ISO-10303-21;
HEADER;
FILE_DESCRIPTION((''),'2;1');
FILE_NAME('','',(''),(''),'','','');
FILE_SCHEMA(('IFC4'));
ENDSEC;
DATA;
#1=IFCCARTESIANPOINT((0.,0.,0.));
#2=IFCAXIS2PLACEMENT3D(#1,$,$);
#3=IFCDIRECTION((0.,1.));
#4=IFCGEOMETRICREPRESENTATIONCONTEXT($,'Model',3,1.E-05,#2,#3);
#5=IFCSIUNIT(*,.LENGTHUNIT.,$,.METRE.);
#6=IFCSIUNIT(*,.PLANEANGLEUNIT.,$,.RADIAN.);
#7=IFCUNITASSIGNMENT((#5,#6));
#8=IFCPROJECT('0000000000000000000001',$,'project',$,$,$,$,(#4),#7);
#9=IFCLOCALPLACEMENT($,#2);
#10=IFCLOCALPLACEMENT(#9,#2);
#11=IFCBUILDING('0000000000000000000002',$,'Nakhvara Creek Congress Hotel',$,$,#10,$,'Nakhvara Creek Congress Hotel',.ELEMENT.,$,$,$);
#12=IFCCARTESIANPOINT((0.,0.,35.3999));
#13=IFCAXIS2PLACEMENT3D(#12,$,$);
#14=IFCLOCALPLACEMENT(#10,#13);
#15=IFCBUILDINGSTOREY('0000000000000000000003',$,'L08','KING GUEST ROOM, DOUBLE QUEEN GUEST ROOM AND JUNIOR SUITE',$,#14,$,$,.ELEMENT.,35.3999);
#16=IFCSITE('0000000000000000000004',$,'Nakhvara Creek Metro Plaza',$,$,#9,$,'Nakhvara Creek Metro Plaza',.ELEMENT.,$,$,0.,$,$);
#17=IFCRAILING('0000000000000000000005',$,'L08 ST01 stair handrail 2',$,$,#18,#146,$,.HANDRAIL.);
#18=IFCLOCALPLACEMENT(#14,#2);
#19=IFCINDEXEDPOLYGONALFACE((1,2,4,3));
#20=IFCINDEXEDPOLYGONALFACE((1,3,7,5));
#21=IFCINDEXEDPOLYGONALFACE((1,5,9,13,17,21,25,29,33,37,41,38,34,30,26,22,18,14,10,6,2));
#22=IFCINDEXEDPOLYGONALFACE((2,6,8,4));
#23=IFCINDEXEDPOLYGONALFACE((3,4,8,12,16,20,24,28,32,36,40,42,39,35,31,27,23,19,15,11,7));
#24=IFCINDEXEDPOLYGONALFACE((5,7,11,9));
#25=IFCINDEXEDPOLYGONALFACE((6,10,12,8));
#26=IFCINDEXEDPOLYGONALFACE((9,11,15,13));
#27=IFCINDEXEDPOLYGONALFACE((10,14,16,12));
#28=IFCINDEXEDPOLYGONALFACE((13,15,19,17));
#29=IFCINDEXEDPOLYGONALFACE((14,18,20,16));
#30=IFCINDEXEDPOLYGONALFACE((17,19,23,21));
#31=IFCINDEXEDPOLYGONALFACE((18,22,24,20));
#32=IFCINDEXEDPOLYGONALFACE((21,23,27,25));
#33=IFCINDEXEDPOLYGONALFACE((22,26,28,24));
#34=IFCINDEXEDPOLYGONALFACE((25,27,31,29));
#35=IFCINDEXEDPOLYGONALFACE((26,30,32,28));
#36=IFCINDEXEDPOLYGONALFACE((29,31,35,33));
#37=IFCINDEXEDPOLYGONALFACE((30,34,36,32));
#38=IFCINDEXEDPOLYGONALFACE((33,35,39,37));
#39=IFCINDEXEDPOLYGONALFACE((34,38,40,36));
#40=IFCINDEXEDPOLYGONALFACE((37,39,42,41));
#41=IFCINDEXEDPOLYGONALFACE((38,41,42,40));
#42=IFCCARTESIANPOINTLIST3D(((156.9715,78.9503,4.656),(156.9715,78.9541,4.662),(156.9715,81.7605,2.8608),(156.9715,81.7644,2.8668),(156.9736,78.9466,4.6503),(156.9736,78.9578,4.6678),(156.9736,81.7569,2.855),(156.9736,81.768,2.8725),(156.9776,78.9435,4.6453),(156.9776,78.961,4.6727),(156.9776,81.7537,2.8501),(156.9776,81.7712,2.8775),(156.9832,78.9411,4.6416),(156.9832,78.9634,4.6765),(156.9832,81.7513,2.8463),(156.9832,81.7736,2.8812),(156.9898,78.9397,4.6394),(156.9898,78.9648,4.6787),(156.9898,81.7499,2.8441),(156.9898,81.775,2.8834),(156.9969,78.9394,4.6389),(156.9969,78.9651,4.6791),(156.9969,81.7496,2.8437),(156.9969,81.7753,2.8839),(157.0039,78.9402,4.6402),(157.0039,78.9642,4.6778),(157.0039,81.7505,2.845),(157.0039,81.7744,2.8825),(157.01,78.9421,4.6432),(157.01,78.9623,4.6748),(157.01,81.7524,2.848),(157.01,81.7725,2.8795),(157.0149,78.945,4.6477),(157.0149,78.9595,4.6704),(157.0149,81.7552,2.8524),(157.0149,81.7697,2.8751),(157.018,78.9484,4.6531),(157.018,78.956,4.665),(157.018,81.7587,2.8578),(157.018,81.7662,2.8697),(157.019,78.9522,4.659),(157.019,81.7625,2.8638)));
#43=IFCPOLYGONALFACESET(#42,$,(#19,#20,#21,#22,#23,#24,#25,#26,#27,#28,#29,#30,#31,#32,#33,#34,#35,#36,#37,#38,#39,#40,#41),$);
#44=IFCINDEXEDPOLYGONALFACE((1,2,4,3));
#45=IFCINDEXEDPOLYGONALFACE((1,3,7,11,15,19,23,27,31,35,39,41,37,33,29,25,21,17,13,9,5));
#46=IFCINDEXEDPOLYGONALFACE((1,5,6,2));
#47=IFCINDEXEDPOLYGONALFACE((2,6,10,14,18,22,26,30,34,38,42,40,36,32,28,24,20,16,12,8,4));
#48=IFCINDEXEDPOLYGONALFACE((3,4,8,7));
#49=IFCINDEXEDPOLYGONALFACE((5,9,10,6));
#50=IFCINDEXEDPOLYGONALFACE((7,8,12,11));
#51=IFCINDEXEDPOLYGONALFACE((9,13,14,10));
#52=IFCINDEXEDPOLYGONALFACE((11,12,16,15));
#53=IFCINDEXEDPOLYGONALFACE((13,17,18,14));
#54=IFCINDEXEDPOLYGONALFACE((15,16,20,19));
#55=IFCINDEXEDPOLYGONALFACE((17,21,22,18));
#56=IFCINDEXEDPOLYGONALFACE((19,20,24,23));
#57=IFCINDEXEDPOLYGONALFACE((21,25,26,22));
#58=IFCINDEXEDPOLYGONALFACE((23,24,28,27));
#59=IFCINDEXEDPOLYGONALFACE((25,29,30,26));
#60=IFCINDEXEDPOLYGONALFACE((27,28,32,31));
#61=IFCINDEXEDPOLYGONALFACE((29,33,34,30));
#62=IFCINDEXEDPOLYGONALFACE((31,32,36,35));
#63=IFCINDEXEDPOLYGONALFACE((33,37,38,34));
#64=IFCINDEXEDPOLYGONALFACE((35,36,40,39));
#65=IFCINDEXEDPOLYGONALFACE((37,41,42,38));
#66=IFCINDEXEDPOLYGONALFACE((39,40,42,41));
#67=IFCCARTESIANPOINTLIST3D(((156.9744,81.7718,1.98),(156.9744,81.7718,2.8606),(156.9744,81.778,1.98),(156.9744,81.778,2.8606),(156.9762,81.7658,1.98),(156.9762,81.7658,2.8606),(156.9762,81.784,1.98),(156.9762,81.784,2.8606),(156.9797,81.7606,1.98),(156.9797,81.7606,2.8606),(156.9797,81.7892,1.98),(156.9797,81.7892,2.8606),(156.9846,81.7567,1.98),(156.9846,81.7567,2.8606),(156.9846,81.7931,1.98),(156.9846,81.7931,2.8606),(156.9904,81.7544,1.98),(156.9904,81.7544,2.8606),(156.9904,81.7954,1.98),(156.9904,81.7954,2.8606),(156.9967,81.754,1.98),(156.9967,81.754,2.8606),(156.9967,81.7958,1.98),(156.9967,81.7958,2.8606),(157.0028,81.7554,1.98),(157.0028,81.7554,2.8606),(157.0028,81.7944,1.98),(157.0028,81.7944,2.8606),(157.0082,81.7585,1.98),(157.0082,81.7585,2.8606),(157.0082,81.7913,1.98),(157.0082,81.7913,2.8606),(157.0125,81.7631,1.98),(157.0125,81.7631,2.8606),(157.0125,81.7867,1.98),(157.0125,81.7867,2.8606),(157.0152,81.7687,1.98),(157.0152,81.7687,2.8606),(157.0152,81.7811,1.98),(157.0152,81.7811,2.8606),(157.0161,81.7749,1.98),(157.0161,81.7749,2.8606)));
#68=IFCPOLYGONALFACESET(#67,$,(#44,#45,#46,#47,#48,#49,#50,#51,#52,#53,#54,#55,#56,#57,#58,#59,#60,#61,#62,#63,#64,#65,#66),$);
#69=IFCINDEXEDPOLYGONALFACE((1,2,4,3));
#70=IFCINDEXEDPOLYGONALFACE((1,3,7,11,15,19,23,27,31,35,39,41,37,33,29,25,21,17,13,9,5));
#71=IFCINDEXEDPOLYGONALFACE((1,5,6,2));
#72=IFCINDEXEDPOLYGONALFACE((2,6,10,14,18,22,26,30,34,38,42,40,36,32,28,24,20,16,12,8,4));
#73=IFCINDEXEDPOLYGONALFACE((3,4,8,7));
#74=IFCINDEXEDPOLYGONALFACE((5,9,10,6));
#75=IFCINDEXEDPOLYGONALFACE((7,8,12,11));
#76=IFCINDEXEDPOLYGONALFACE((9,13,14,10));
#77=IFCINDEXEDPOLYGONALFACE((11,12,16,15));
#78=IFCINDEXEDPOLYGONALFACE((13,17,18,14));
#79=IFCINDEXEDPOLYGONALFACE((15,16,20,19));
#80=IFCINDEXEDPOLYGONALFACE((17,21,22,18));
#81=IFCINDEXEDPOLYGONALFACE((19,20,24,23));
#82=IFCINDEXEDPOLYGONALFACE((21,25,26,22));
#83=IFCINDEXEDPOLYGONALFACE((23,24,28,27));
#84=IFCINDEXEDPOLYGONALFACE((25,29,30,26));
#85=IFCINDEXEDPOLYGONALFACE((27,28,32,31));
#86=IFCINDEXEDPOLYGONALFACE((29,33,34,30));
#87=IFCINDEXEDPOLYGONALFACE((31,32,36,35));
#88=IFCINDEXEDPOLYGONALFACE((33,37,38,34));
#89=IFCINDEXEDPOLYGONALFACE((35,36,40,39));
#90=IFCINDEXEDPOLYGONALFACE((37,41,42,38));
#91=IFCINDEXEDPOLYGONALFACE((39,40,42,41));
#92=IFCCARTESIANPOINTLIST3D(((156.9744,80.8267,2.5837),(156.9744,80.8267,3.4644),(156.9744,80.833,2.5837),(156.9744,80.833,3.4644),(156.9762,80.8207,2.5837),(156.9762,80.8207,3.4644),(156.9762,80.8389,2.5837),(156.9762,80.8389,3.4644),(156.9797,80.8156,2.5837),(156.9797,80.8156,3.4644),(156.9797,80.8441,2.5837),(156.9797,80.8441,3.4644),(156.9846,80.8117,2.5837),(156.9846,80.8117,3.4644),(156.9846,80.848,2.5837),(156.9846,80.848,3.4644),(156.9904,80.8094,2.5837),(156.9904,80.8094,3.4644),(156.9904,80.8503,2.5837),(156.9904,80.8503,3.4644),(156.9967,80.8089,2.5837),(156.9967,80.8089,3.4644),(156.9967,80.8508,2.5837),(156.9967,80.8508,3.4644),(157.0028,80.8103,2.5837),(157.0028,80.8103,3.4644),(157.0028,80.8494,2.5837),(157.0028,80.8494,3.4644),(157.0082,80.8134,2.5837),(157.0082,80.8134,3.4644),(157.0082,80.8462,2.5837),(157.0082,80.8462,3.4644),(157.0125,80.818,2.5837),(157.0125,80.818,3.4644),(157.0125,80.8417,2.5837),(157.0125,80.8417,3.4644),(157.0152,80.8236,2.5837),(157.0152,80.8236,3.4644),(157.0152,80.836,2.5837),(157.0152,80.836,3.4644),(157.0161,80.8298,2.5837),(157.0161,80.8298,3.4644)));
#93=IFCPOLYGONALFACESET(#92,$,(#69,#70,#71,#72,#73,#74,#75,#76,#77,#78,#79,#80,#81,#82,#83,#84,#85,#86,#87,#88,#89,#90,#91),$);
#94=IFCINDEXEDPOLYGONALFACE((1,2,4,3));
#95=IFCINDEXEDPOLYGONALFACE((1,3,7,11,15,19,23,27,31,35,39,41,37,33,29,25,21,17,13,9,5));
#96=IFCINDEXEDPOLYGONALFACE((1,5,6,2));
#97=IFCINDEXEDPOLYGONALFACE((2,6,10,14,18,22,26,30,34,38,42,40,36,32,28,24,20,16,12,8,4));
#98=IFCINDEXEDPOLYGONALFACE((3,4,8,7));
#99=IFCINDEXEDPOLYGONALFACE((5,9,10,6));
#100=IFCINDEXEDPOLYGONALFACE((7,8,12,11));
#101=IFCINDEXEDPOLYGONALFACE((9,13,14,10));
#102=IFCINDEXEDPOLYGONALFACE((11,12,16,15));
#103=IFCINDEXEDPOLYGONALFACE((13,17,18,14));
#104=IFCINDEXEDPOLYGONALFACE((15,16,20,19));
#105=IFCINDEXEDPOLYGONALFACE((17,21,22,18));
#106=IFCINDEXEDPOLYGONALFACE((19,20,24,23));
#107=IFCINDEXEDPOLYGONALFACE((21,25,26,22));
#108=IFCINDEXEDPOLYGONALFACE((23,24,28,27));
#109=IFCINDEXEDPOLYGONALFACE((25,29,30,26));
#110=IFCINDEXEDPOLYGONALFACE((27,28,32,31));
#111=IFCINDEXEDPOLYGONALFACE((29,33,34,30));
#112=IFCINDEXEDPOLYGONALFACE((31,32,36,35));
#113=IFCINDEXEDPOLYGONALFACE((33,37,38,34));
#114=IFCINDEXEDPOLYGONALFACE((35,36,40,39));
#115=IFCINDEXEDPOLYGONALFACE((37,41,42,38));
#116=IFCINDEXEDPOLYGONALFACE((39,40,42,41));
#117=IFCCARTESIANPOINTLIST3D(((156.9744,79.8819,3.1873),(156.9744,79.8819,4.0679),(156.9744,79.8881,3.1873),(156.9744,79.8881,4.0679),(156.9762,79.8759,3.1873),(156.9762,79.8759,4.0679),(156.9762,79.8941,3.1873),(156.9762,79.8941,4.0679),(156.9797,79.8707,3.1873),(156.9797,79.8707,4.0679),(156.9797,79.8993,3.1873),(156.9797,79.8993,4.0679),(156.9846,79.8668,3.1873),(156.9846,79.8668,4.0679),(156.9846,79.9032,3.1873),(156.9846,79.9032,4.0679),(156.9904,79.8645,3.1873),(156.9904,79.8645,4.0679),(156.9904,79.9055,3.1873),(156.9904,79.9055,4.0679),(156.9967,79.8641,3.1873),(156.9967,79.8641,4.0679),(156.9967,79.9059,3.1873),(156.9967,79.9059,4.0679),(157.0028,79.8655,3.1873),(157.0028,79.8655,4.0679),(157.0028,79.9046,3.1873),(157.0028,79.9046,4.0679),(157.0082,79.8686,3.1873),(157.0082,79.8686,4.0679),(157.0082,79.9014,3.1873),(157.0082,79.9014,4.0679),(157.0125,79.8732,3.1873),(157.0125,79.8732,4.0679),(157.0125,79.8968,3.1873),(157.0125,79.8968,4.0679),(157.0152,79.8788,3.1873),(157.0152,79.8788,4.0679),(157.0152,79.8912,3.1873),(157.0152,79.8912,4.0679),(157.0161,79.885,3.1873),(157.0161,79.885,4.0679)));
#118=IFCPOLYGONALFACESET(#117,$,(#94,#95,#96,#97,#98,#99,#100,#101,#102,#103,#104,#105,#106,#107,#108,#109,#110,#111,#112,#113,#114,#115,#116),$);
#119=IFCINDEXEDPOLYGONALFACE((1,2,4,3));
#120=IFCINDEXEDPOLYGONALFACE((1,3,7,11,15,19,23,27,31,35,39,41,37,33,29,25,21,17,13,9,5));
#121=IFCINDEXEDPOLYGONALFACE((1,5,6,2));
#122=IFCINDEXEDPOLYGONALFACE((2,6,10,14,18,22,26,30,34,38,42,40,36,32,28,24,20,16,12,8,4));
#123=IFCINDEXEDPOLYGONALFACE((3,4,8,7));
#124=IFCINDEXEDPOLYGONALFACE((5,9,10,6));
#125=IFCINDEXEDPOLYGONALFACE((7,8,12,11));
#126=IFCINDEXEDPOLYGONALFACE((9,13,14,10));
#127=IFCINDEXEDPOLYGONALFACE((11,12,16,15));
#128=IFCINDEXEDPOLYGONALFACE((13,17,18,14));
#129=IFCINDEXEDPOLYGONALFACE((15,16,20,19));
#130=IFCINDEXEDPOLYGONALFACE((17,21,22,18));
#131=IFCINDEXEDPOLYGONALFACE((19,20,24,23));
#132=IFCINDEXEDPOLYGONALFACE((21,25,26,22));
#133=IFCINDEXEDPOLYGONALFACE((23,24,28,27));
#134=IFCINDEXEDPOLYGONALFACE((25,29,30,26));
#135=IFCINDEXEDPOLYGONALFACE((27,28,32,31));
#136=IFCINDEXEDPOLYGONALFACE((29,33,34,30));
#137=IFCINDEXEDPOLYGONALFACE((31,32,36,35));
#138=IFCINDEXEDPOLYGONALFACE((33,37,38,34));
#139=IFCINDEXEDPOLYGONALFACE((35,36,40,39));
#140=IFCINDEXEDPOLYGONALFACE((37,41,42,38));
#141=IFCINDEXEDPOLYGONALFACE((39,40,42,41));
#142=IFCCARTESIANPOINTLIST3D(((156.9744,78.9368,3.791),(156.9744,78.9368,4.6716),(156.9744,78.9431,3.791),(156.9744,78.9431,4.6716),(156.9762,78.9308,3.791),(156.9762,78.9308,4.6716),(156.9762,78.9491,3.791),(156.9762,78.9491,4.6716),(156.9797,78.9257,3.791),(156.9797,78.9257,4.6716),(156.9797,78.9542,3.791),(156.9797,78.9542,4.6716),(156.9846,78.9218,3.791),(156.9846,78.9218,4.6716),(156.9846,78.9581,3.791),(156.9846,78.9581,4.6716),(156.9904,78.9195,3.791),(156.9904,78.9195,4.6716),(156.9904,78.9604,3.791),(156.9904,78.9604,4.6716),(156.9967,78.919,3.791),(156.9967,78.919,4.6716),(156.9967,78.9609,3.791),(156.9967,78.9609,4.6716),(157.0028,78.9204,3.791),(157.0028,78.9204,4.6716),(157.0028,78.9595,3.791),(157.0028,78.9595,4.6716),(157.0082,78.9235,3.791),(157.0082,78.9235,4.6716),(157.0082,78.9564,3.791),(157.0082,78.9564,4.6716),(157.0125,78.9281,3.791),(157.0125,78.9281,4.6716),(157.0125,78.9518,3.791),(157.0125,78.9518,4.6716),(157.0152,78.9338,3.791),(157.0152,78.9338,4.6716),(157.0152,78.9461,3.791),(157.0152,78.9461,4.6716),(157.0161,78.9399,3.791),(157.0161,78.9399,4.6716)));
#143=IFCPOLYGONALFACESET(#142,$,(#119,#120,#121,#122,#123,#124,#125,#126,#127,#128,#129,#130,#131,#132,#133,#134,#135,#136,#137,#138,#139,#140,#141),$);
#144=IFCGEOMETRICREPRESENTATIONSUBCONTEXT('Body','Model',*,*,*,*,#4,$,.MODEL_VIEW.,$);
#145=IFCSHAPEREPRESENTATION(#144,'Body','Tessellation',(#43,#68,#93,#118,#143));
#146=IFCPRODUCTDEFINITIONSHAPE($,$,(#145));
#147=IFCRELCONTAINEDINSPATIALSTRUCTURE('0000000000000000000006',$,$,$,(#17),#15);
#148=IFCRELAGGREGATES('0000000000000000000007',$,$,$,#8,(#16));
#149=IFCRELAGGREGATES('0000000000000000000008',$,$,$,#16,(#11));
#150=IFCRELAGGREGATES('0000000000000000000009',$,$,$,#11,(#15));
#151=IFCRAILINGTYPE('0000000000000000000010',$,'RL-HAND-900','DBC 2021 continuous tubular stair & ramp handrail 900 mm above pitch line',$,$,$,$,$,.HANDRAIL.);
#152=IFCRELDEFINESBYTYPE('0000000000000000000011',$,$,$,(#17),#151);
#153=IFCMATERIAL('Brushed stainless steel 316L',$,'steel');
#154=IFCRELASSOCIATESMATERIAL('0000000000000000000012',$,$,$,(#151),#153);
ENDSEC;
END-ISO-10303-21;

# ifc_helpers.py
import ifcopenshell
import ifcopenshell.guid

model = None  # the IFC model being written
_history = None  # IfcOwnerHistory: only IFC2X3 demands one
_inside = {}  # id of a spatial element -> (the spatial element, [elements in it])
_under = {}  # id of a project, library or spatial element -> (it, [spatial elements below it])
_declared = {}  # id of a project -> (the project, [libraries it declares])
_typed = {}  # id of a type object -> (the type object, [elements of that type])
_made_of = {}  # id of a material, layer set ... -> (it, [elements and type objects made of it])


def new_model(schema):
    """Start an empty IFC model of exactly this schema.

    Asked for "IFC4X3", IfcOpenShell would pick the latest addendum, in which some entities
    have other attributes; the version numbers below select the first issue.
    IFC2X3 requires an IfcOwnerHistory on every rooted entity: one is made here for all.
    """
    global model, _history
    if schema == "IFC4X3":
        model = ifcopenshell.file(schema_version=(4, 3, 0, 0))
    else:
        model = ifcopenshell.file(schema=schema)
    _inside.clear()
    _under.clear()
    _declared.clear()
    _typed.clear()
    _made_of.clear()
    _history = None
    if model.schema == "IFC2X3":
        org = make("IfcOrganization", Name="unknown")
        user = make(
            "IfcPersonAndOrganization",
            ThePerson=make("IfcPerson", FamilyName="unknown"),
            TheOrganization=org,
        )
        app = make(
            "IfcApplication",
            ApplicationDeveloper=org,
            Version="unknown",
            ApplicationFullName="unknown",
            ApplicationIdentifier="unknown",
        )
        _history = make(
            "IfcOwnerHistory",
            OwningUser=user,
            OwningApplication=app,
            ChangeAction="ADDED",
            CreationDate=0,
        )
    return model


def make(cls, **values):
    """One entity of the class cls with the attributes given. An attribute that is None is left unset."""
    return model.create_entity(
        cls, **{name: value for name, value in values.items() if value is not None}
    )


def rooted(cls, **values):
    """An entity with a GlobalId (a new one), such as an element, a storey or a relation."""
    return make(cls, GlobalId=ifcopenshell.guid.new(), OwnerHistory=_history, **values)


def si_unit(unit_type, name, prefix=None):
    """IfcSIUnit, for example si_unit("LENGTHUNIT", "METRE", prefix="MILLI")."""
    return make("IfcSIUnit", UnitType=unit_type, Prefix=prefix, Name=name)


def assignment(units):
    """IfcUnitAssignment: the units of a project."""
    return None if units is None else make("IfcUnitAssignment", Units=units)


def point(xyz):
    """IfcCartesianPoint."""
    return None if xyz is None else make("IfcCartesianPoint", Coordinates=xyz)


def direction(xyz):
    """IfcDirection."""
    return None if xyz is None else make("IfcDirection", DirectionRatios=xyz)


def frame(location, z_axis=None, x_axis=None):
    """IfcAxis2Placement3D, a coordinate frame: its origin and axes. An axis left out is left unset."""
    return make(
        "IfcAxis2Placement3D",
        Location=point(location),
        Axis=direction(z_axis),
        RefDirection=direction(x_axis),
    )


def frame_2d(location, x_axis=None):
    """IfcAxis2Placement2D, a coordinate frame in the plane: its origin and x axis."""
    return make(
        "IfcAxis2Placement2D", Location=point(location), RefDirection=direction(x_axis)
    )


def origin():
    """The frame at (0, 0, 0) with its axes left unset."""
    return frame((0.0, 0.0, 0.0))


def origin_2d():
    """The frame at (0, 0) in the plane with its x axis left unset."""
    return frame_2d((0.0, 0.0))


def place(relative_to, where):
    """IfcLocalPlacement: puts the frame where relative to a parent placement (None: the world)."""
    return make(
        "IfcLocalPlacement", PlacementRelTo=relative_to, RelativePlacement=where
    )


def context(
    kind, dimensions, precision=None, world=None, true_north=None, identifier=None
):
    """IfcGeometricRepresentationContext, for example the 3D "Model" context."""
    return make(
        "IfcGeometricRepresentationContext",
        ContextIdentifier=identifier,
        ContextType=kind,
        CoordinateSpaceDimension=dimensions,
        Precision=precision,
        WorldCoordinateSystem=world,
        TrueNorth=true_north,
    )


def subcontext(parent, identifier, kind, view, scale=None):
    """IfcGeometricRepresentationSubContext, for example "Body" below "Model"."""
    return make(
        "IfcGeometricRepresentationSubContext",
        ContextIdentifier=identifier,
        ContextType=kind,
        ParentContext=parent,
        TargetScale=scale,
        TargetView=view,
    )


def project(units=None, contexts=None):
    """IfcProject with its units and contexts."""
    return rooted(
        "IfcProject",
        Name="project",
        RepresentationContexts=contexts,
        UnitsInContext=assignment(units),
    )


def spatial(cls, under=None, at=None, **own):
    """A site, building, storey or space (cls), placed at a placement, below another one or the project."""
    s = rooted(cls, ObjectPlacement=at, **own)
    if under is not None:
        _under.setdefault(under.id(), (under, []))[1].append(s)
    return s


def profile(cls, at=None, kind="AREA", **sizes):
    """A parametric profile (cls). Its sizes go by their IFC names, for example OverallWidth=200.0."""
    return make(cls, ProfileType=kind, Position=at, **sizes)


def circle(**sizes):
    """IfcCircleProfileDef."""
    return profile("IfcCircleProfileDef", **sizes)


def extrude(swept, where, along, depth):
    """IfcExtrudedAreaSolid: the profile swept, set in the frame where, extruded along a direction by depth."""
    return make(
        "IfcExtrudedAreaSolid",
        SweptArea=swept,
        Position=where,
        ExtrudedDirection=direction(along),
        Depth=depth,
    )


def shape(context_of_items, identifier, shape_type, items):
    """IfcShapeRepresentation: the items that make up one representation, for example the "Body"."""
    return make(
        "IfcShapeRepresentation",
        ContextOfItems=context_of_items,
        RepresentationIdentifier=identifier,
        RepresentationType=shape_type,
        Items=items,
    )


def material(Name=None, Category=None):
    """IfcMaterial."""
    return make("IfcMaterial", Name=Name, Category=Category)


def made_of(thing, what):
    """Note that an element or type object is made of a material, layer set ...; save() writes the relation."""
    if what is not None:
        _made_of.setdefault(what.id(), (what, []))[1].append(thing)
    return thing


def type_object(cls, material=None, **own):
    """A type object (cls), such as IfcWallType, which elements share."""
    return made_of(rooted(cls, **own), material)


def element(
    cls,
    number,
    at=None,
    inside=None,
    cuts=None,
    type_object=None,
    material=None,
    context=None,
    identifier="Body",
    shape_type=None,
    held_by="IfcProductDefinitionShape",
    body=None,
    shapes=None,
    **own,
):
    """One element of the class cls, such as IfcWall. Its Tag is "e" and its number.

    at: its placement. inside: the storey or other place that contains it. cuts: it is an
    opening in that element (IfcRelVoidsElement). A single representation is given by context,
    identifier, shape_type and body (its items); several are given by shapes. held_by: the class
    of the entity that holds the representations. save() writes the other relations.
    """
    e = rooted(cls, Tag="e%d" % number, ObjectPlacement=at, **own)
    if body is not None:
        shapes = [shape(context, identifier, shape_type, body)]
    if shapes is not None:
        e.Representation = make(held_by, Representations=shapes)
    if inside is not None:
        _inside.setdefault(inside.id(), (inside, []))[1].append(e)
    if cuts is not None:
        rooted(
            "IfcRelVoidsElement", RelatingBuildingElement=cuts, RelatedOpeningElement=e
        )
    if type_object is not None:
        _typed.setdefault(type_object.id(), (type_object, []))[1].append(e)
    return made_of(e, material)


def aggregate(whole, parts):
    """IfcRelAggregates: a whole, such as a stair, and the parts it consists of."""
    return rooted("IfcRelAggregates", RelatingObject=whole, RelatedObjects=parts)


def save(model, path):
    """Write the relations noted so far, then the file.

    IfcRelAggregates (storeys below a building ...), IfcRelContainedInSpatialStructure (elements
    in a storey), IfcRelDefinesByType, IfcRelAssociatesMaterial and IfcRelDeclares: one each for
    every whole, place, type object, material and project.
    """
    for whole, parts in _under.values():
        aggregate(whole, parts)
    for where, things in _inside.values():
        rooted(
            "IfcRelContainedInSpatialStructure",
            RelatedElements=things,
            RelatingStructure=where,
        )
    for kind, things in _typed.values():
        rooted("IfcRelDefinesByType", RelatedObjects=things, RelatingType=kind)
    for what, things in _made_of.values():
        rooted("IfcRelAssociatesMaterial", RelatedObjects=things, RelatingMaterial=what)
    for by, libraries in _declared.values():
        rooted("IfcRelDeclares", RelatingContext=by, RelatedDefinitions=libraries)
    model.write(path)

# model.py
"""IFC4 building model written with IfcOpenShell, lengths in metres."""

from ifc_helpers import new_model, si_unit, direction, frame, origin, origin_2d, place, context, subcontext, project, spatial, circle, extrude, material, type_object, element, save


model = new_model("IFC4")

# Units and contexts
model_context = context("Model", 3, precision=1e-05, world=origin(), true_north=direction((0.0, 1.0)))
body_context = subcontext(model_context, "Body", "Model", "MODEL_VIEW")
ifc_project = project(units=[si_unit("LENGTHUNIT", "METRE"), si_unit("PLANEANGLEUNIT", "RADIAN")], contexts=[model_context])

# Site, building, storey
site_placement = place(None, origin())
site = spatial("IfcSite", under=ifc_project, at=site_placement, Name="Nakhvara Creek Metro Plaza", LongName="Nakhvara Creek Metro Plaza", CompositionType="ELEMENT", RefElevation=0.0)
building_placement = place(site_placement, origin())
building = spatial("IfcBuilding", under=site, at=building_placement, Name="Nakhvara Creek Congress Hotel", LongName="Nakhvara Creek Congress Hotel", CompositionType="ELEMENT")
storey_placement = place(building_placement, frame((0.0, 0.0, 35.3999)))
storey = spatial("IfcBuildingStorey", under=building, at=storey_placement, Name="L08", Description="KING GUEST ROOM, DOUBLE QUEEN GUEST ROOM AND JUNIOR SUITE", CompositionType="ELEMENT", Elevation=35.3999)

# Railing
ifc_material_1 = material(Name="Brushed stainless steel 316L", Category="steel")
railing_type_1 = type_object("IfcRailingType", Name="RL-HAND-900", Description="DBC 2021 continuous tubular stair & ramp handrail 900 mm above pitch line", PredefinedType="HANDRAIL", material=ifc_material_1)
railing_1_placement = place(storey_placement, frame((156.9951, 81.7749, 1.98)))
element("IfcRailing", 1, at=railing_1_placement, inside=storey, type_object=railing_type_1, Name="L08 ST01 stair handrail 2", PredefinedType="HANDRAIL", context=body_context, shape_type="SweptSolid", body=[
    extrude(circle(Radius=0.0239, at=origin_2d()), frame((0.0, -0.0125, 0.8838), z_axis=(0.0, -0.842722, 0.538349), x_axis=(1.0, 0.0, 0.0)), (0.0, 0.0, 1.0), 3.3347),
    extrude(circle(Radius=0.021, at=origin_2d()), origin(), (0.0, 0.0, 1.0), 0.8806),
    extrude(circle(Radius=0.021, at=origin_2d()), frame((0.0, -0.9451, 0.6038)), (0.0, 0.0, 1.0), 0.8806),
    extrude(circle(Radius=0.021, at=origin_2d()), frame((0.0, -1.8899, 1.2073)), (0.0, 0.0, 1.0), 0.8806),
    extrude(circle(Radius=0.021, at=origin_2d()), frame((0.0, -2.835, 1.811)), (0.0, 0.0, 1.0), 0.8806),
])

save(model, "model.ifc")
